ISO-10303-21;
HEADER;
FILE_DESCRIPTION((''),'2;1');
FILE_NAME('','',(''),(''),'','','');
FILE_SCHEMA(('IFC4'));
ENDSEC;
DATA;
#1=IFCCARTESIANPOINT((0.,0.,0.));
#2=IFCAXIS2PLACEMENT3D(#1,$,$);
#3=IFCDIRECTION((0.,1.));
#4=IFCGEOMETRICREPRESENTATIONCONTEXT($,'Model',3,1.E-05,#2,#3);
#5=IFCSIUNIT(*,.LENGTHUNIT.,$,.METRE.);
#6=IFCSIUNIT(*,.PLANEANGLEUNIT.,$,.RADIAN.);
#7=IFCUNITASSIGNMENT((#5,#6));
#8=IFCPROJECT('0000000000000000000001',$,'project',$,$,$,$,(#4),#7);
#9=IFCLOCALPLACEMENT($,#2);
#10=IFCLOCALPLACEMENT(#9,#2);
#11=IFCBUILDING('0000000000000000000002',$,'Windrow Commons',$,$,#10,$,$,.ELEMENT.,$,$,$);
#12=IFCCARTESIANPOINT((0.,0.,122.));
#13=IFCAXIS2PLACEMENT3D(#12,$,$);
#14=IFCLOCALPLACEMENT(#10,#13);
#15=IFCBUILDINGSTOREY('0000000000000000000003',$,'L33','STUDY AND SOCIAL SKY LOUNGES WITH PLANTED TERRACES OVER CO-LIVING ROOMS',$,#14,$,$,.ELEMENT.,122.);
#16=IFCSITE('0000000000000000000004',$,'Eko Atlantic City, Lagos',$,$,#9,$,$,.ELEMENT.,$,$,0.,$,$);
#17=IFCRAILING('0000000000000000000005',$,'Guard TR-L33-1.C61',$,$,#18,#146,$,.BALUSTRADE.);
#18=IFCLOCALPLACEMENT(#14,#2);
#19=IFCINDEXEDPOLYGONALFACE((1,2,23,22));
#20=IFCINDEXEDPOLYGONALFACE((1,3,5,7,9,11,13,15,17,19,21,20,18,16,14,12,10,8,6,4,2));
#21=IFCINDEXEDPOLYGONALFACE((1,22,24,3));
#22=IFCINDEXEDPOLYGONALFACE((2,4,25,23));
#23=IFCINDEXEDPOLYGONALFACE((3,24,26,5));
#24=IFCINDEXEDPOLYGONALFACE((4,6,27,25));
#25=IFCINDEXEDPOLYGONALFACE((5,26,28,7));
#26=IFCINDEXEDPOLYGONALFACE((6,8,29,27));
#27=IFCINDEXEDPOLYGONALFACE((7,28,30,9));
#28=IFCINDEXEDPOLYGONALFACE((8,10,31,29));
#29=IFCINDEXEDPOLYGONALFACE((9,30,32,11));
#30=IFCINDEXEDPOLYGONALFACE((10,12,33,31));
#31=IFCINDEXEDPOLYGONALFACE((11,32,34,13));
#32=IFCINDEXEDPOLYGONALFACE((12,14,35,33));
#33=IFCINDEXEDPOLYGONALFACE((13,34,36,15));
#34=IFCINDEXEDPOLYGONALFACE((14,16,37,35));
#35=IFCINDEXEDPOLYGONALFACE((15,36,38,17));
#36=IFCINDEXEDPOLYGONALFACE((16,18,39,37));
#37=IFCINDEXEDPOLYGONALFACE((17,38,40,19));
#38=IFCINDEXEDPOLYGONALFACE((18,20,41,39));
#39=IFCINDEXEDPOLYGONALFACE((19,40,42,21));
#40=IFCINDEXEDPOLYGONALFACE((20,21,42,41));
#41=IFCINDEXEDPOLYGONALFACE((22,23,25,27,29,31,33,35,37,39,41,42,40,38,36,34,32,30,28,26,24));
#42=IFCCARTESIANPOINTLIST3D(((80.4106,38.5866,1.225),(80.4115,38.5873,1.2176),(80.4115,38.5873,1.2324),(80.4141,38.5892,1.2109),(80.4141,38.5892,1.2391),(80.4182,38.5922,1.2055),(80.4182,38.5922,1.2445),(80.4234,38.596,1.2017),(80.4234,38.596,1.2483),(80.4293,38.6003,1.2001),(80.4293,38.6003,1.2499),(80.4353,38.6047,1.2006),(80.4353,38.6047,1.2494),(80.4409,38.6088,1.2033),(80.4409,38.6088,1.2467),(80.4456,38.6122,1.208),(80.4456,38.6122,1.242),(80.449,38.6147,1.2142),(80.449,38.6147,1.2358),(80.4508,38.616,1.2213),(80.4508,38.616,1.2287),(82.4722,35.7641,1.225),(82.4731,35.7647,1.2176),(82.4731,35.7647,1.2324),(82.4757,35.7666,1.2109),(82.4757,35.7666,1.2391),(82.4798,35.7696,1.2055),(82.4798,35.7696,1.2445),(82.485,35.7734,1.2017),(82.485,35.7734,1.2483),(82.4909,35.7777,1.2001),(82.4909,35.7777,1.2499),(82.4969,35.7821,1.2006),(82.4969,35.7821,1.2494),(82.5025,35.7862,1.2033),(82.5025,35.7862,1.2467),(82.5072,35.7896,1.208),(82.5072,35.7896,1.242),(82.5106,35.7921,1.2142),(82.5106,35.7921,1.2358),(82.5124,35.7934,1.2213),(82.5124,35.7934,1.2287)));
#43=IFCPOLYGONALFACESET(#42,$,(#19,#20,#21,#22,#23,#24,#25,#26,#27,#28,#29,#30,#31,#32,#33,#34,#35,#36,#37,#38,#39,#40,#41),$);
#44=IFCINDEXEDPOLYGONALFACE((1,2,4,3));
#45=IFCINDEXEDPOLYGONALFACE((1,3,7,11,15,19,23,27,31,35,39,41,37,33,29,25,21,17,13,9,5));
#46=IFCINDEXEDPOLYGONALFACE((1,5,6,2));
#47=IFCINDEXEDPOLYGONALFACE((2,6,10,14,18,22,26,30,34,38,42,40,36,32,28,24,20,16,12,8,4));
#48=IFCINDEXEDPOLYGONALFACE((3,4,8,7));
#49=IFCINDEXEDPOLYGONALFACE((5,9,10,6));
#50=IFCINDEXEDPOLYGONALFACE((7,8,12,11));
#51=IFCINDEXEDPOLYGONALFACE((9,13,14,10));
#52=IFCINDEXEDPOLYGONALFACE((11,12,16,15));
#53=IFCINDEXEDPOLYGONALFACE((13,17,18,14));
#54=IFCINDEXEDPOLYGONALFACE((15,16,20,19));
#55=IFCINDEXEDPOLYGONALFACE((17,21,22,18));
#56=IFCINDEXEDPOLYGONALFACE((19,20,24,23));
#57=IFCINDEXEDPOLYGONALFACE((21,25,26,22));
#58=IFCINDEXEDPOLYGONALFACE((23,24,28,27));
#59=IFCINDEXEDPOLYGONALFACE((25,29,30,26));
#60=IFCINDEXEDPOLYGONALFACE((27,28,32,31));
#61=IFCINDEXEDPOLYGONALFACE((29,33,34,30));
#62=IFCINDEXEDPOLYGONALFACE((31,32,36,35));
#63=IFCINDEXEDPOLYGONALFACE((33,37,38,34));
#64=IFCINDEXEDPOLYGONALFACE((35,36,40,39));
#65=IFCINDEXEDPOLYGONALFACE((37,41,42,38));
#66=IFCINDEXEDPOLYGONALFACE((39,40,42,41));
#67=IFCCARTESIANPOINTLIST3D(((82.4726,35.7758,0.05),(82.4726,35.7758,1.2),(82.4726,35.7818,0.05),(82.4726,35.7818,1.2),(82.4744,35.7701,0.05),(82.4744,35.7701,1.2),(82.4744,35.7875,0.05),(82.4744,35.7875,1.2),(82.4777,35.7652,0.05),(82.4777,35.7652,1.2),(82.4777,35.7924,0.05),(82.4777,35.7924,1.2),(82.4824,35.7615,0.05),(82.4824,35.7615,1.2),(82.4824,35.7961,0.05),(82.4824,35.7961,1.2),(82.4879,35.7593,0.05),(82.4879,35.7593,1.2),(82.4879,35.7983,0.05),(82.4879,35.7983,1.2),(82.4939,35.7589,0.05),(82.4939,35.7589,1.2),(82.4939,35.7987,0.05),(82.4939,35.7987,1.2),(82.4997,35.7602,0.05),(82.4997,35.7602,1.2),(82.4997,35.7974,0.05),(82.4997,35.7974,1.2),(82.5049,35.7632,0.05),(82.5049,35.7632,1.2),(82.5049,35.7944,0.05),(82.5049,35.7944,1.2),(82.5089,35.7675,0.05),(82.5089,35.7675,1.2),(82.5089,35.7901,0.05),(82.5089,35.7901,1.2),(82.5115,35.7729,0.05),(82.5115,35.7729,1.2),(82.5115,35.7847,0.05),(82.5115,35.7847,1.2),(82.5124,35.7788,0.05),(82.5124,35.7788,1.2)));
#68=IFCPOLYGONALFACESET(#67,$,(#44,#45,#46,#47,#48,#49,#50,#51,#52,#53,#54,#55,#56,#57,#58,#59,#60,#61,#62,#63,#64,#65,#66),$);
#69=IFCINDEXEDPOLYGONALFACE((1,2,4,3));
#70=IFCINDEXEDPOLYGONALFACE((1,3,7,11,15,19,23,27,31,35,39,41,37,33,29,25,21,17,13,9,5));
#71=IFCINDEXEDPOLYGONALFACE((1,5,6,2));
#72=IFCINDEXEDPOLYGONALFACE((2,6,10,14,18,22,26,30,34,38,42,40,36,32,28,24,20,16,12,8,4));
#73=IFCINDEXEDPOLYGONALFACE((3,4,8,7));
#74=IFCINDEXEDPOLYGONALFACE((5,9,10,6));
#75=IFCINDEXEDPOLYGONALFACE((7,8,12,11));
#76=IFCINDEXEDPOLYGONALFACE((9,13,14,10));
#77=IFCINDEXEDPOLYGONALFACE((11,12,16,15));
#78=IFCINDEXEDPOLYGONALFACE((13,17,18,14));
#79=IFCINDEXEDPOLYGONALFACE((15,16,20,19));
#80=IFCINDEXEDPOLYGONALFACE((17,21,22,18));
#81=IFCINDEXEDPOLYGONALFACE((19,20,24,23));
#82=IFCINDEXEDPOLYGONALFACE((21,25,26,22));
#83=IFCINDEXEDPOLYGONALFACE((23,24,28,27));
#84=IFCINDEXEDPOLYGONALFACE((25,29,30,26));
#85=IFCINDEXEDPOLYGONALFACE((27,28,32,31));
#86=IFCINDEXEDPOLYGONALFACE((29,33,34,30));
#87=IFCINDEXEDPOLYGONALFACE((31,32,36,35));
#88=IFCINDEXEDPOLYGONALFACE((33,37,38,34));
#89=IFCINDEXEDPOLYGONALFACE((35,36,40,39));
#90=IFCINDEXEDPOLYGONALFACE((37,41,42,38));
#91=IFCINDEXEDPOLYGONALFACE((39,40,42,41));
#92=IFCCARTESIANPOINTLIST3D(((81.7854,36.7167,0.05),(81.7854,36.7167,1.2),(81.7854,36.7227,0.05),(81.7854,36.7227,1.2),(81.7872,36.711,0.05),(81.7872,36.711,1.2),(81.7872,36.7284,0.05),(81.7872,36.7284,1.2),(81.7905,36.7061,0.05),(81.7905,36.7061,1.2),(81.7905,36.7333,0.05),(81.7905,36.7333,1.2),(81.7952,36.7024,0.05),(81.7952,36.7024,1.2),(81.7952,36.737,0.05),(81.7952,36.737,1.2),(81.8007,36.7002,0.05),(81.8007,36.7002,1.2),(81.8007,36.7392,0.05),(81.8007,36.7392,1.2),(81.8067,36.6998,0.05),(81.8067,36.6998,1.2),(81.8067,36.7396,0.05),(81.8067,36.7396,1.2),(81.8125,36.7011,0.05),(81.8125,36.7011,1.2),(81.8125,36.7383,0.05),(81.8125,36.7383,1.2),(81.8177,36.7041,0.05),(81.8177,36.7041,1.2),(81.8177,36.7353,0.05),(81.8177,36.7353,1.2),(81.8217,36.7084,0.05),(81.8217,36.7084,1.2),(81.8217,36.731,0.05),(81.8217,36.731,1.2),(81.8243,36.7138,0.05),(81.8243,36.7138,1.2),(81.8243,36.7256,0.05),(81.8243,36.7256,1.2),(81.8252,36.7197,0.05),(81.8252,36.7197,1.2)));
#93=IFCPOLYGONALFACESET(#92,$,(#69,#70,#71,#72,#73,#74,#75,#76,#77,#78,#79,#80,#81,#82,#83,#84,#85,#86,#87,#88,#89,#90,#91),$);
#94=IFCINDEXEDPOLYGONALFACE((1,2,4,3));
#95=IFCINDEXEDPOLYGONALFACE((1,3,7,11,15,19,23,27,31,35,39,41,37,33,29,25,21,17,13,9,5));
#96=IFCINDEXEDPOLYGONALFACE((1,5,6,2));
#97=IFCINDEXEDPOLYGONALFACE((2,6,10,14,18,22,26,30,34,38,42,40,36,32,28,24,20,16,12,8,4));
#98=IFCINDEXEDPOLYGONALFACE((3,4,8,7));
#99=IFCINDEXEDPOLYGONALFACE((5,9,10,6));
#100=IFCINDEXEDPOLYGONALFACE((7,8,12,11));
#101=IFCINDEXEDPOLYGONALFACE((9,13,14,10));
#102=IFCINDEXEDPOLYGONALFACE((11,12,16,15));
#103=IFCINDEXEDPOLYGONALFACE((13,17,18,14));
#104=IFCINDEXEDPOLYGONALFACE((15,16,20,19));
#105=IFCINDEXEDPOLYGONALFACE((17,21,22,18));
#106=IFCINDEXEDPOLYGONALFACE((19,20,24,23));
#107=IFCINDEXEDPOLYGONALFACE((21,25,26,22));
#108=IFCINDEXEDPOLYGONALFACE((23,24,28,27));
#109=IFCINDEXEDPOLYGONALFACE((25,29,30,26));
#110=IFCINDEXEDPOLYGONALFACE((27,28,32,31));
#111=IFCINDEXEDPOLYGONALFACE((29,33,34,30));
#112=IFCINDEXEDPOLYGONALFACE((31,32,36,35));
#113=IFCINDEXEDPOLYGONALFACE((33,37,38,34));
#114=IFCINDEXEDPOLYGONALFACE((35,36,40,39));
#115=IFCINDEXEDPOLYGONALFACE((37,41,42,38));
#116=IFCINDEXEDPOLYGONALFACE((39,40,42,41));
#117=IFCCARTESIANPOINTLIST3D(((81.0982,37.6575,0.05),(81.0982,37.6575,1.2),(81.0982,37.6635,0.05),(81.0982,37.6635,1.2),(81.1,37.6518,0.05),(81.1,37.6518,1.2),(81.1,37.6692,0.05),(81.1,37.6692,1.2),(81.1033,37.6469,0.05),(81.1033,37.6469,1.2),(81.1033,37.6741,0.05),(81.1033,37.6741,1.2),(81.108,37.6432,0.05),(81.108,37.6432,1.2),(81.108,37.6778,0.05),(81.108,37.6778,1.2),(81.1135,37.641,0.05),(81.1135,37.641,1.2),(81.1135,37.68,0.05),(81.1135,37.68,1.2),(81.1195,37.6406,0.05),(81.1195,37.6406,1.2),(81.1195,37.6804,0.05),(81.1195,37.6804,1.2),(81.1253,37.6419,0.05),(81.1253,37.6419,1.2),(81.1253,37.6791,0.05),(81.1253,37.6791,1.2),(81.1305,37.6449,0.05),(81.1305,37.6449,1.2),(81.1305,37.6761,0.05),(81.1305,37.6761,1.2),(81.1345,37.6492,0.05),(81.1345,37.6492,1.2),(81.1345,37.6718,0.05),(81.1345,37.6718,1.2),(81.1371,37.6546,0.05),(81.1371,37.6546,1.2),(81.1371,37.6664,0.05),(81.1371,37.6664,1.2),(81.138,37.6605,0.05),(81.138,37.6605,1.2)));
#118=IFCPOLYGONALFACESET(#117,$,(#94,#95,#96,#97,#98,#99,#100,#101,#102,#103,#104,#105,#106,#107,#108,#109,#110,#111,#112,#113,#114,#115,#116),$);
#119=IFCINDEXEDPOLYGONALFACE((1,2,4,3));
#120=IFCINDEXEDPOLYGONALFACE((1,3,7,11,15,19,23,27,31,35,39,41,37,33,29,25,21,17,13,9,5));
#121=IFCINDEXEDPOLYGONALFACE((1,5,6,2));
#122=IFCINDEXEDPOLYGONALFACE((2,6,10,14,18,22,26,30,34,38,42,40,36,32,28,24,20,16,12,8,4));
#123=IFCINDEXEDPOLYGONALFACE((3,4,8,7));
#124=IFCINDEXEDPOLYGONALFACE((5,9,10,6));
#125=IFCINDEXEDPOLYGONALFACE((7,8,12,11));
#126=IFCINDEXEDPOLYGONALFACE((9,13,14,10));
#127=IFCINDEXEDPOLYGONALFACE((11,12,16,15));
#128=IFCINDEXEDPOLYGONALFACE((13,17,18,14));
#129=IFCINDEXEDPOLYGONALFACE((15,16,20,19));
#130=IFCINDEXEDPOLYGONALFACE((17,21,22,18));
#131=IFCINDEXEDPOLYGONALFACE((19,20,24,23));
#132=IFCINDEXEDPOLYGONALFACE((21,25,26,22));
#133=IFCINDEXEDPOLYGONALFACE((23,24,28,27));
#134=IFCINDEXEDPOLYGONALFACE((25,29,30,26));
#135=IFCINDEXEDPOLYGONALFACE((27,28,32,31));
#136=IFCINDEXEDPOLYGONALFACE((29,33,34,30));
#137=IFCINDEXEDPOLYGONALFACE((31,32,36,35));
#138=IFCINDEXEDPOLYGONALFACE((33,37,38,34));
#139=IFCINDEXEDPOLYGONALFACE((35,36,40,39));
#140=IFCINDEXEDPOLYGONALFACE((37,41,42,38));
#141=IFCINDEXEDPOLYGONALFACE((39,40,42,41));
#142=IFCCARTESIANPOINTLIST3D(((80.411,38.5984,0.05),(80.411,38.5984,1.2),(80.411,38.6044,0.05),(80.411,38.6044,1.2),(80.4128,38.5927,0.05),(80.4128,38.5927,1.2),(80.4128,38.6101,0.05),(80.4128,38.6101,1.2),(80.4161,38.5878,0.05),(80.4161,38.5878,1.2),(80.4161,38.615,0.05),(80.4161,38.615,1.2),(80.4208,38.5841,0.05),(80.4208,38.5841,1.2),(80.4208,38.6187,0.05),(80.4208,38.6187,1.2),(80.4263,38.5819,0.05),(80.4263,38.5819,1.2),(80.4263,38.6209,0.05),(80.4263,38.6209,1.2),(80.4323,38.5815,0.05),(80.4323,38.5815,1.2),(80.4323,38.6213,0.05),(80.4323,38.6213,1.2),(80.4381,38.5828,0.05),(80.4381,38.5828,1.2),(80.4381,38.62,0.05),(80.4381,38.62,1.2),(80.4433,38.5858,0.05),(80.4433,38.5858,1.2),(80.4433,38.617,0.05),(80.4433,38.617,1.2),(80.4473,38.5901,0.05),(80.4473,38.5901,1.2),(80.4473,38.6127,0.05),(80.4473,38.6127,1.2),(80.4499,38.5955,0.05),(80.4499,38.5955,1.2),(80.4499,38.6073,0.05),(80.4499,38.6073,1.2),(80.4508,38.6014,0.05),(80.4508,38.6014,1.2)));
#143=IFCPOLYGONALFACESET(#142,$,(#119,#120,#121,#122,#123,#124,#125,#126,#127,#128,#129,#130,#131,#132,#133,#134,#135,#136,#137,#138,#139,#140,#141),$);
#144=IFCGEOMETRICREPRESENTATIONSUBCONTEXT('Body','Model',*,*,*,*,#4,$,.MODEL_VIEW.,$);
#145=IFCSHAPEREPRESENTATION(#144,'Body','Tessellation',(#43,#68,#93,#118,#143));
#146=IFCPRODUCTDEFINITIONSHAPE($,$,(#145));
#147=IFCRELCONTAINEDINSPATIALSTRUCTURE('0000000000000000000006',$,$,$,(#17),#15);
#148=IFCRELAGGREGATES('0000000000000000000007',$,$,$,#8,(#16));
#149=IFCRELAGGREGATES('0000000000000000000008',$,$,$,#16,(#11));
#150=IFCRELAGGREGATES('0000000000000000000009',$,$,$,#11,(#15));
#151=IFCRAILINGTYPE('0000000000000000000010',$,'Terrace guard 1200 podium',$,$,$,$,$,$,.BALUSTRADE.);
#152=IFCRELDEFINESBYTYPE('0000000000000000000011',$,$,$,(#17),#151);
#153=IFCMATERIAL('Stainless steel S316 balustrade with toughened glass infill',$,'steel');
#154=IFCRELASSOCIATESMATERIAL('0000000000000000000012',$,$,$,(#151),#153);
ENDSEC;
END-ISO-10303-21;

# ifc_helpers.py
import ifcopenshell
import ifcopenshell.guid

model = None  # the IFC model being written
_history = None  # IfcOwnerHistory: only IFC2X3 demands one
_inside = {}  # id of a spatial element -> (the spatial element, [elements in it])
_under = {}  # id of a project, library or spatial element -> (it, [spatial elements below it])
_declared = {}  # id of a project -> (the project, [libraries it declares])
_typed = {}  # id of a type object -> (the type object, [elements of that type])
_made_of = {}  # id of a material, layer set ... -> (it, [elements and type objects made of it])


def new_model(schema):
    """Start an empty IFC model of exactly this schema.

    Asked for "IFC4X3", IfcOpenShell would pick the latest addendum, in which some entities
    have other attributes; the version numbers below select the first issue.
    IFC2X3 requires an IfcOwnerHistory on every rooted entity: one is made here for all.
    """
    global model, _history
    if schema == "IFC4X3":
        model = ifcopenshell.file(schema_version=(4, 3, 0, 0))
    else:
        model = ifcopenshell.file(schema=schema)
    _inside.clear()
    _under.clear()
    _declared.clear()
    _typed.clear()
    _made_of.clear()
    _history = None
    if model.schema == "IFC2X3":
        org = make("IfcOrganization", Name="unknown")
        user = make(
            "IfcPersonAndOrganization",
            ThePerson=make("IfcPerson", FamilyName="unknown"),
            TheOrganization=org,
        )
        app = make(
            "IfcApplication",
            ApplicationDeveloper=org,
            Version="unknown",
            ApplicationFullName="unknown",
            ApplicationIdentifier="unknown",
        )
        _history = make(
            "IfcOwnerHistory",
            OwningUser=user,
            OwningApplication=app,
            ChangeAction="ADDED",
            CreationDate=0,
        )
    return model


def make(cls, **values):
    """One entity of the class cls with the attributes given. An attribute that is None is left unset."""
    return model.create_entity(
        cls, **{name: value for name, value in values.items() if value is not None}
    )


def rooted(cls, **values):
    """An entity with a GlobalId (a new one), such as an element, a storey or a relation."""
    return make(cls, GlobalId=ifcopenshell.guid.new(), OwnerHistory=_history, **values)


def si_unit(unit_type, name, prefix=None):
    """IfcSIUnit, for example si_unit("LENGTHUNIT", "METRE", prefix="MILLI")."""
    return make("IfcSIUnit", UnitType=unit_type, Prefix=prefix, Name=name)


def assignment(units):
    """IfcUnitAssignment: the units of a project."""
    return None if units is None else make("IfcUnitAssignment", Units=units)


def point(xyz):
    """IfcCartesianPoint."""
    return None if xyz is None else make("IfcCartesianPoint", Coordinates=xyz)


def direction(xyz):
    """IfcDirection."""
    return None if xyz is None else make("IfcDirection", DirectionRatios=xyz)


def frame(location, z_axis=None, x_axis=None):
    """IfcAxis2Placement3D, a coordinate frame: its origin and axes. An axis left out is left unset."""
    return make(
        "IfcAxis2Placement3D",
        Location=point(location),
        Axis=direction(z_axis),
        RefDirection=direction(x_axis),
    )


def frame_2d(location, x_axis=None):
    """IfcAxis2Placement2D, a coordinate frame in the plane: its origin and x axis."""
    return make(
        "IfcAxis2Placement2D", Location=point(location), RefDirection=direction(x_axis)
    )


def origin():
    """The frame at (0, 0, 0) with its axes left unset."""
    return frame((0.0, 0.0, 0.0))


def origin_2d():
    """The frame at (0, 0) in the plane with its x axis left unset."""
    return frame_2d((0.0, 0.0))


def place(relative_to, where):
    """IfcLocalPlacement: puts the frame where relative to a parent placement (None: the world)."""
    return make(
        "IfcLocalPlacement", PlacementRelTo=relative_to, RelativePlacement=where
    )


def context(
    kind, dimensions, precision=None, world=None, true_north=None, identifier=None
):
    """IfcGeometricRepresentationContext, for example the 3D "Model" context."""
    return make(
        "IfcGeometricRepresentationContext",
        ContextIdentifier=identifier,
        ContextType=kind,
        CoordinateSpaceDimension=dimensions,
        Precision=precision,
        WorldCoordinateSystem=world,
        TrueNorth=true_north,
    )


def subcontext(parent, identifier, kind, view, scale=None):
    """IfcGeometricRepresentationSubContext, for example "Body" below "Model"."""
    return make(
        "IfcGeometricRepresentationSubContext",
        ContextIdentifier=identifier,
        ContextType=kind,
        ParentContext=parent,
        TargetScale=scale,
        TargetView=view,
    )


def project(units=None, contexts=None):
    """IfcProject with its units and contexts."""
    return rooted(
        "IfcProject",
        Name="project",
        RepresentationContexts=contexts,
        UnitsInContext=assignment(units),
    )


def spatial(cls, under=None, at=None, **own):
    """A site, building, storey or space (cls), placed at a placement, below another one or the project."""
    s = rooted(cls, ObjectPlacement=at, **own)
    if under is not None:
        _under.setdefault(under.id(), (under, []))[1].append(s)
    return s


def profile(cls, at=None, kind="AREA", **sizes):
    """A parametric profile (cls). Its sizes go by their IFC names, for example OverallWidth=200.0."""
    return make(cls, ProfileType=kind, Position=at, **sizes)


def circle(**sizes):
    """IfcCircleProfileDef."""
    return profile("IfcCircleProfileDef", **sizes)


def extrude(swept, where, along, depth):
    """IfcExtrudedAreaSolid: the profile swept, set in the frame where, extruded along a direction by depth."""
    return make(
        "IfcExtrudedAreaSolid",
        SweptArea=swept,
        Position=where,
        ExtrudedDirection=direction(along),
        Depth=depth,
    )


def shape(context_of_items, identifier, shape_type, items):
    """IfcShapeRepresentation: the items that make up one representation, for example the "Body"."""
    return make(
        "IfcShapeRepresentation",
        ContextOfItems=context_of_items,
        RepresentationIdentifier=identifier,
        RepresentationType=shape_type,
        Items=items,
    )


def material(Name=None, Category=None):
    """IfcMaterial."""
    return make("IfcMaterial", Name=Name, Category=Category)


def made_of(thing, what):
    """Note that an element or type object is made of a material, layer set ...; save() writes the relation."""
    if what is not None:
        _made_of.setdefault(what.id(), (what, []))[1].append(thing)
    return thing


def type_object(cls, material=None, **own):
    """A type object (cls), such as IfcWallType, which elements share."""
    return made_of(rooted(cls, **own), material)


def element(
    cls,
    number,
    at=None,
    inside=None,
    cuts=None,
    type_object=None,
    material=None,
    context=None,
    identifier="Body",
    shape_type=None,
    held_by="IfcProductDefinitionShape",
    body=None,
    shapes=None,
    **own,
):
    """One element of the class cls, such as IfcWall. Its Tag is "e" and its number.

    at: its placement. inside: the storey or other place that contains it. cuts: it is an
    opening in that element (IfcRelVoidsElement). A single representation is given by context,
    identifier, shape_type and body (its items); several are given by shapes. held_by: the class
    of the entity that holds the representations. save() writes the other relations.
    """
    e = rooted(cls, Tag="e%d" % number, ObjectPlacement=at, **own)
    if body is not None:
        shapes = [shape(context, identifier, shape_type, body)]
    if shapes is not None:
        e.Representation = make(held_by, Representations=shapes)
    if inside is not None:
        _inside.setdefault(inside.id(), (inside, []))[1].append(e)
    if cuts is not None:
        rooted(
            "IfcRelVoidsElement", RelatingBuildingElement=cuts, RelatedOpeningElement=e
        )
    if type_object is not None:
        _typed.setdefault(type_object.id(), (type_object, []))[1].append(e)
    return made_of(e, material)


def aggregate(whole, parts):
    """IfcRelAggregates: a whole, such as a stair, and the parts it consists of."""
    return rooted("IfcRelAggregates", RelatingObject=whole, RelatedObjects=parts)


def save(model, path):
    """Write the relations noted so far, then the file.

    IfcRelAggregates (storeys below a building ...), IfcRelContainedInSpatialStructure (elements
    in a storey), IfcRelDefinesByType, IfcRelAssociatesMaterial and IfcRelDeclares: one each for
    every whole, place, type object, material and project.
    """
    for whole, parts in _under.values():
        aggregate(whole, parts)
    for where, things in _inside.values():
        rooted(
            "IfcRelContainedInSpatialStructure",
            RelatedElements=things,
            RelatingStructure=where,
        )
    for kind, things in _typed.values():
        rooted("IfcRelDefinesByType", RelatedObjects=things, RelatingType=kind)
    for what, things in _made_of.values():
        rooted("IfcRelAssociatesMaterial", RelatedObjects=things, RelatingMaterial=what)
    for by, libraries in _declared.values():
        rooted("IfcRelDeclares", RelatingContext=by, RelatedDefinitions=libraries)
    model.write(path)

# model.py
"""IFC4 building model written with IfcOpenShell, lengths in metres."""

from ifc_helpers import new_model, si_unit, direction, frame, origin, origin_2d, place, context, subcontext, project, spatial, circle, extrude, material, type_object, element, save


model = new_model("IFC4")

# Units and contexts
model_context = context("Model", 3, precision=1e-05, world=origin(), true_north=direction((0.0, 1.0)))
body_context = subcontext(model_context, "Body", "Model", "MODEL_VIEW")
ifc_project = project(units=[si_unit("LENGTHUNIT", "METRE"), si_unit("PLANEANGLEUNIT", "RADIAN")], contexts=[model_context])

# Site, building, storey
site_placement = place(None, origin())
site = spatial("IfcSite", under=ifc_project, at=site_placement, Name="Eko Atlantic City, Lagos", CompositionType="ELEMENT", RefElevation=0.0)
building_placement = place(site_placement, origin())
building = spatial("IfcBuilding", under=site, at=building_placement, Name="Windrow Commons", CompositionType="ELEMENT")
storey_placement = place(building_placement, frame((0.0, 0.0, 122.0)))
storey = spatial("IfcBuildingStorey", under=building, at=storey_placement, Name="L33", Description="STUDY AND SOCIAL SKY LOUNGES WITH PLANTED TERRACES OVER CO-LIVING ROOMS", CompositionType="ELEMENT", Elevation=122.0)

# Railing
ifc_material_1 = material(Name="Stainless steel S316 balustrade with toughened glass infill", Category="steel")
railing_type = type_object("IfcRailingType", Name="Terrace guard 1200 podium", PredefinedType="BALUSTRADE", material=ifc_material_1)
railing_1_placement = place(storey_placement, frame((82.4924, 35.7788, 0.05)))
element("IfcRailing", 1, at=railing_1_placement, inside=storey, type_object=railing_type, Name="Guard TR-L33-1.C61", PredefinedType="BALUSTRADE", context=body_context, shape_type="SweptSolid", body=[
    extrude(circle(Radius=0.025, at=origin_2d()), frame((0.0, 0.0, 1.175), z_axis=(-0.589817, 0.807537, 0.0), x_axis=(-0.807537, -0.589817, 0.0)), (0.0, 0.0, 1.0), 3.4953),
    extrude(circle(Radius=0.02, at=origin_2d()), origin(), (0.0, 0.0, 1.0), 1.15),
    extrude(circle(Radius=0.02, at=origin_2d()), frame((-0.6872, 0.9409, 0.0)), (0.0, 0.0, 1.0), 1.15),
    extrude(circle(Radius=0.02, at=origin_2d()), frame((-1.3744, 1.8817, 0.0)), (0.0, 0.0, 1.0), 1.15),
    extrude(circle(Radius=0.02, at=origin_2d()), frame((-2.0616, 2.8226, 0.0)), (0.0, 0.0, 1.0), 1.15),
])

save(model, "model.ifc")
